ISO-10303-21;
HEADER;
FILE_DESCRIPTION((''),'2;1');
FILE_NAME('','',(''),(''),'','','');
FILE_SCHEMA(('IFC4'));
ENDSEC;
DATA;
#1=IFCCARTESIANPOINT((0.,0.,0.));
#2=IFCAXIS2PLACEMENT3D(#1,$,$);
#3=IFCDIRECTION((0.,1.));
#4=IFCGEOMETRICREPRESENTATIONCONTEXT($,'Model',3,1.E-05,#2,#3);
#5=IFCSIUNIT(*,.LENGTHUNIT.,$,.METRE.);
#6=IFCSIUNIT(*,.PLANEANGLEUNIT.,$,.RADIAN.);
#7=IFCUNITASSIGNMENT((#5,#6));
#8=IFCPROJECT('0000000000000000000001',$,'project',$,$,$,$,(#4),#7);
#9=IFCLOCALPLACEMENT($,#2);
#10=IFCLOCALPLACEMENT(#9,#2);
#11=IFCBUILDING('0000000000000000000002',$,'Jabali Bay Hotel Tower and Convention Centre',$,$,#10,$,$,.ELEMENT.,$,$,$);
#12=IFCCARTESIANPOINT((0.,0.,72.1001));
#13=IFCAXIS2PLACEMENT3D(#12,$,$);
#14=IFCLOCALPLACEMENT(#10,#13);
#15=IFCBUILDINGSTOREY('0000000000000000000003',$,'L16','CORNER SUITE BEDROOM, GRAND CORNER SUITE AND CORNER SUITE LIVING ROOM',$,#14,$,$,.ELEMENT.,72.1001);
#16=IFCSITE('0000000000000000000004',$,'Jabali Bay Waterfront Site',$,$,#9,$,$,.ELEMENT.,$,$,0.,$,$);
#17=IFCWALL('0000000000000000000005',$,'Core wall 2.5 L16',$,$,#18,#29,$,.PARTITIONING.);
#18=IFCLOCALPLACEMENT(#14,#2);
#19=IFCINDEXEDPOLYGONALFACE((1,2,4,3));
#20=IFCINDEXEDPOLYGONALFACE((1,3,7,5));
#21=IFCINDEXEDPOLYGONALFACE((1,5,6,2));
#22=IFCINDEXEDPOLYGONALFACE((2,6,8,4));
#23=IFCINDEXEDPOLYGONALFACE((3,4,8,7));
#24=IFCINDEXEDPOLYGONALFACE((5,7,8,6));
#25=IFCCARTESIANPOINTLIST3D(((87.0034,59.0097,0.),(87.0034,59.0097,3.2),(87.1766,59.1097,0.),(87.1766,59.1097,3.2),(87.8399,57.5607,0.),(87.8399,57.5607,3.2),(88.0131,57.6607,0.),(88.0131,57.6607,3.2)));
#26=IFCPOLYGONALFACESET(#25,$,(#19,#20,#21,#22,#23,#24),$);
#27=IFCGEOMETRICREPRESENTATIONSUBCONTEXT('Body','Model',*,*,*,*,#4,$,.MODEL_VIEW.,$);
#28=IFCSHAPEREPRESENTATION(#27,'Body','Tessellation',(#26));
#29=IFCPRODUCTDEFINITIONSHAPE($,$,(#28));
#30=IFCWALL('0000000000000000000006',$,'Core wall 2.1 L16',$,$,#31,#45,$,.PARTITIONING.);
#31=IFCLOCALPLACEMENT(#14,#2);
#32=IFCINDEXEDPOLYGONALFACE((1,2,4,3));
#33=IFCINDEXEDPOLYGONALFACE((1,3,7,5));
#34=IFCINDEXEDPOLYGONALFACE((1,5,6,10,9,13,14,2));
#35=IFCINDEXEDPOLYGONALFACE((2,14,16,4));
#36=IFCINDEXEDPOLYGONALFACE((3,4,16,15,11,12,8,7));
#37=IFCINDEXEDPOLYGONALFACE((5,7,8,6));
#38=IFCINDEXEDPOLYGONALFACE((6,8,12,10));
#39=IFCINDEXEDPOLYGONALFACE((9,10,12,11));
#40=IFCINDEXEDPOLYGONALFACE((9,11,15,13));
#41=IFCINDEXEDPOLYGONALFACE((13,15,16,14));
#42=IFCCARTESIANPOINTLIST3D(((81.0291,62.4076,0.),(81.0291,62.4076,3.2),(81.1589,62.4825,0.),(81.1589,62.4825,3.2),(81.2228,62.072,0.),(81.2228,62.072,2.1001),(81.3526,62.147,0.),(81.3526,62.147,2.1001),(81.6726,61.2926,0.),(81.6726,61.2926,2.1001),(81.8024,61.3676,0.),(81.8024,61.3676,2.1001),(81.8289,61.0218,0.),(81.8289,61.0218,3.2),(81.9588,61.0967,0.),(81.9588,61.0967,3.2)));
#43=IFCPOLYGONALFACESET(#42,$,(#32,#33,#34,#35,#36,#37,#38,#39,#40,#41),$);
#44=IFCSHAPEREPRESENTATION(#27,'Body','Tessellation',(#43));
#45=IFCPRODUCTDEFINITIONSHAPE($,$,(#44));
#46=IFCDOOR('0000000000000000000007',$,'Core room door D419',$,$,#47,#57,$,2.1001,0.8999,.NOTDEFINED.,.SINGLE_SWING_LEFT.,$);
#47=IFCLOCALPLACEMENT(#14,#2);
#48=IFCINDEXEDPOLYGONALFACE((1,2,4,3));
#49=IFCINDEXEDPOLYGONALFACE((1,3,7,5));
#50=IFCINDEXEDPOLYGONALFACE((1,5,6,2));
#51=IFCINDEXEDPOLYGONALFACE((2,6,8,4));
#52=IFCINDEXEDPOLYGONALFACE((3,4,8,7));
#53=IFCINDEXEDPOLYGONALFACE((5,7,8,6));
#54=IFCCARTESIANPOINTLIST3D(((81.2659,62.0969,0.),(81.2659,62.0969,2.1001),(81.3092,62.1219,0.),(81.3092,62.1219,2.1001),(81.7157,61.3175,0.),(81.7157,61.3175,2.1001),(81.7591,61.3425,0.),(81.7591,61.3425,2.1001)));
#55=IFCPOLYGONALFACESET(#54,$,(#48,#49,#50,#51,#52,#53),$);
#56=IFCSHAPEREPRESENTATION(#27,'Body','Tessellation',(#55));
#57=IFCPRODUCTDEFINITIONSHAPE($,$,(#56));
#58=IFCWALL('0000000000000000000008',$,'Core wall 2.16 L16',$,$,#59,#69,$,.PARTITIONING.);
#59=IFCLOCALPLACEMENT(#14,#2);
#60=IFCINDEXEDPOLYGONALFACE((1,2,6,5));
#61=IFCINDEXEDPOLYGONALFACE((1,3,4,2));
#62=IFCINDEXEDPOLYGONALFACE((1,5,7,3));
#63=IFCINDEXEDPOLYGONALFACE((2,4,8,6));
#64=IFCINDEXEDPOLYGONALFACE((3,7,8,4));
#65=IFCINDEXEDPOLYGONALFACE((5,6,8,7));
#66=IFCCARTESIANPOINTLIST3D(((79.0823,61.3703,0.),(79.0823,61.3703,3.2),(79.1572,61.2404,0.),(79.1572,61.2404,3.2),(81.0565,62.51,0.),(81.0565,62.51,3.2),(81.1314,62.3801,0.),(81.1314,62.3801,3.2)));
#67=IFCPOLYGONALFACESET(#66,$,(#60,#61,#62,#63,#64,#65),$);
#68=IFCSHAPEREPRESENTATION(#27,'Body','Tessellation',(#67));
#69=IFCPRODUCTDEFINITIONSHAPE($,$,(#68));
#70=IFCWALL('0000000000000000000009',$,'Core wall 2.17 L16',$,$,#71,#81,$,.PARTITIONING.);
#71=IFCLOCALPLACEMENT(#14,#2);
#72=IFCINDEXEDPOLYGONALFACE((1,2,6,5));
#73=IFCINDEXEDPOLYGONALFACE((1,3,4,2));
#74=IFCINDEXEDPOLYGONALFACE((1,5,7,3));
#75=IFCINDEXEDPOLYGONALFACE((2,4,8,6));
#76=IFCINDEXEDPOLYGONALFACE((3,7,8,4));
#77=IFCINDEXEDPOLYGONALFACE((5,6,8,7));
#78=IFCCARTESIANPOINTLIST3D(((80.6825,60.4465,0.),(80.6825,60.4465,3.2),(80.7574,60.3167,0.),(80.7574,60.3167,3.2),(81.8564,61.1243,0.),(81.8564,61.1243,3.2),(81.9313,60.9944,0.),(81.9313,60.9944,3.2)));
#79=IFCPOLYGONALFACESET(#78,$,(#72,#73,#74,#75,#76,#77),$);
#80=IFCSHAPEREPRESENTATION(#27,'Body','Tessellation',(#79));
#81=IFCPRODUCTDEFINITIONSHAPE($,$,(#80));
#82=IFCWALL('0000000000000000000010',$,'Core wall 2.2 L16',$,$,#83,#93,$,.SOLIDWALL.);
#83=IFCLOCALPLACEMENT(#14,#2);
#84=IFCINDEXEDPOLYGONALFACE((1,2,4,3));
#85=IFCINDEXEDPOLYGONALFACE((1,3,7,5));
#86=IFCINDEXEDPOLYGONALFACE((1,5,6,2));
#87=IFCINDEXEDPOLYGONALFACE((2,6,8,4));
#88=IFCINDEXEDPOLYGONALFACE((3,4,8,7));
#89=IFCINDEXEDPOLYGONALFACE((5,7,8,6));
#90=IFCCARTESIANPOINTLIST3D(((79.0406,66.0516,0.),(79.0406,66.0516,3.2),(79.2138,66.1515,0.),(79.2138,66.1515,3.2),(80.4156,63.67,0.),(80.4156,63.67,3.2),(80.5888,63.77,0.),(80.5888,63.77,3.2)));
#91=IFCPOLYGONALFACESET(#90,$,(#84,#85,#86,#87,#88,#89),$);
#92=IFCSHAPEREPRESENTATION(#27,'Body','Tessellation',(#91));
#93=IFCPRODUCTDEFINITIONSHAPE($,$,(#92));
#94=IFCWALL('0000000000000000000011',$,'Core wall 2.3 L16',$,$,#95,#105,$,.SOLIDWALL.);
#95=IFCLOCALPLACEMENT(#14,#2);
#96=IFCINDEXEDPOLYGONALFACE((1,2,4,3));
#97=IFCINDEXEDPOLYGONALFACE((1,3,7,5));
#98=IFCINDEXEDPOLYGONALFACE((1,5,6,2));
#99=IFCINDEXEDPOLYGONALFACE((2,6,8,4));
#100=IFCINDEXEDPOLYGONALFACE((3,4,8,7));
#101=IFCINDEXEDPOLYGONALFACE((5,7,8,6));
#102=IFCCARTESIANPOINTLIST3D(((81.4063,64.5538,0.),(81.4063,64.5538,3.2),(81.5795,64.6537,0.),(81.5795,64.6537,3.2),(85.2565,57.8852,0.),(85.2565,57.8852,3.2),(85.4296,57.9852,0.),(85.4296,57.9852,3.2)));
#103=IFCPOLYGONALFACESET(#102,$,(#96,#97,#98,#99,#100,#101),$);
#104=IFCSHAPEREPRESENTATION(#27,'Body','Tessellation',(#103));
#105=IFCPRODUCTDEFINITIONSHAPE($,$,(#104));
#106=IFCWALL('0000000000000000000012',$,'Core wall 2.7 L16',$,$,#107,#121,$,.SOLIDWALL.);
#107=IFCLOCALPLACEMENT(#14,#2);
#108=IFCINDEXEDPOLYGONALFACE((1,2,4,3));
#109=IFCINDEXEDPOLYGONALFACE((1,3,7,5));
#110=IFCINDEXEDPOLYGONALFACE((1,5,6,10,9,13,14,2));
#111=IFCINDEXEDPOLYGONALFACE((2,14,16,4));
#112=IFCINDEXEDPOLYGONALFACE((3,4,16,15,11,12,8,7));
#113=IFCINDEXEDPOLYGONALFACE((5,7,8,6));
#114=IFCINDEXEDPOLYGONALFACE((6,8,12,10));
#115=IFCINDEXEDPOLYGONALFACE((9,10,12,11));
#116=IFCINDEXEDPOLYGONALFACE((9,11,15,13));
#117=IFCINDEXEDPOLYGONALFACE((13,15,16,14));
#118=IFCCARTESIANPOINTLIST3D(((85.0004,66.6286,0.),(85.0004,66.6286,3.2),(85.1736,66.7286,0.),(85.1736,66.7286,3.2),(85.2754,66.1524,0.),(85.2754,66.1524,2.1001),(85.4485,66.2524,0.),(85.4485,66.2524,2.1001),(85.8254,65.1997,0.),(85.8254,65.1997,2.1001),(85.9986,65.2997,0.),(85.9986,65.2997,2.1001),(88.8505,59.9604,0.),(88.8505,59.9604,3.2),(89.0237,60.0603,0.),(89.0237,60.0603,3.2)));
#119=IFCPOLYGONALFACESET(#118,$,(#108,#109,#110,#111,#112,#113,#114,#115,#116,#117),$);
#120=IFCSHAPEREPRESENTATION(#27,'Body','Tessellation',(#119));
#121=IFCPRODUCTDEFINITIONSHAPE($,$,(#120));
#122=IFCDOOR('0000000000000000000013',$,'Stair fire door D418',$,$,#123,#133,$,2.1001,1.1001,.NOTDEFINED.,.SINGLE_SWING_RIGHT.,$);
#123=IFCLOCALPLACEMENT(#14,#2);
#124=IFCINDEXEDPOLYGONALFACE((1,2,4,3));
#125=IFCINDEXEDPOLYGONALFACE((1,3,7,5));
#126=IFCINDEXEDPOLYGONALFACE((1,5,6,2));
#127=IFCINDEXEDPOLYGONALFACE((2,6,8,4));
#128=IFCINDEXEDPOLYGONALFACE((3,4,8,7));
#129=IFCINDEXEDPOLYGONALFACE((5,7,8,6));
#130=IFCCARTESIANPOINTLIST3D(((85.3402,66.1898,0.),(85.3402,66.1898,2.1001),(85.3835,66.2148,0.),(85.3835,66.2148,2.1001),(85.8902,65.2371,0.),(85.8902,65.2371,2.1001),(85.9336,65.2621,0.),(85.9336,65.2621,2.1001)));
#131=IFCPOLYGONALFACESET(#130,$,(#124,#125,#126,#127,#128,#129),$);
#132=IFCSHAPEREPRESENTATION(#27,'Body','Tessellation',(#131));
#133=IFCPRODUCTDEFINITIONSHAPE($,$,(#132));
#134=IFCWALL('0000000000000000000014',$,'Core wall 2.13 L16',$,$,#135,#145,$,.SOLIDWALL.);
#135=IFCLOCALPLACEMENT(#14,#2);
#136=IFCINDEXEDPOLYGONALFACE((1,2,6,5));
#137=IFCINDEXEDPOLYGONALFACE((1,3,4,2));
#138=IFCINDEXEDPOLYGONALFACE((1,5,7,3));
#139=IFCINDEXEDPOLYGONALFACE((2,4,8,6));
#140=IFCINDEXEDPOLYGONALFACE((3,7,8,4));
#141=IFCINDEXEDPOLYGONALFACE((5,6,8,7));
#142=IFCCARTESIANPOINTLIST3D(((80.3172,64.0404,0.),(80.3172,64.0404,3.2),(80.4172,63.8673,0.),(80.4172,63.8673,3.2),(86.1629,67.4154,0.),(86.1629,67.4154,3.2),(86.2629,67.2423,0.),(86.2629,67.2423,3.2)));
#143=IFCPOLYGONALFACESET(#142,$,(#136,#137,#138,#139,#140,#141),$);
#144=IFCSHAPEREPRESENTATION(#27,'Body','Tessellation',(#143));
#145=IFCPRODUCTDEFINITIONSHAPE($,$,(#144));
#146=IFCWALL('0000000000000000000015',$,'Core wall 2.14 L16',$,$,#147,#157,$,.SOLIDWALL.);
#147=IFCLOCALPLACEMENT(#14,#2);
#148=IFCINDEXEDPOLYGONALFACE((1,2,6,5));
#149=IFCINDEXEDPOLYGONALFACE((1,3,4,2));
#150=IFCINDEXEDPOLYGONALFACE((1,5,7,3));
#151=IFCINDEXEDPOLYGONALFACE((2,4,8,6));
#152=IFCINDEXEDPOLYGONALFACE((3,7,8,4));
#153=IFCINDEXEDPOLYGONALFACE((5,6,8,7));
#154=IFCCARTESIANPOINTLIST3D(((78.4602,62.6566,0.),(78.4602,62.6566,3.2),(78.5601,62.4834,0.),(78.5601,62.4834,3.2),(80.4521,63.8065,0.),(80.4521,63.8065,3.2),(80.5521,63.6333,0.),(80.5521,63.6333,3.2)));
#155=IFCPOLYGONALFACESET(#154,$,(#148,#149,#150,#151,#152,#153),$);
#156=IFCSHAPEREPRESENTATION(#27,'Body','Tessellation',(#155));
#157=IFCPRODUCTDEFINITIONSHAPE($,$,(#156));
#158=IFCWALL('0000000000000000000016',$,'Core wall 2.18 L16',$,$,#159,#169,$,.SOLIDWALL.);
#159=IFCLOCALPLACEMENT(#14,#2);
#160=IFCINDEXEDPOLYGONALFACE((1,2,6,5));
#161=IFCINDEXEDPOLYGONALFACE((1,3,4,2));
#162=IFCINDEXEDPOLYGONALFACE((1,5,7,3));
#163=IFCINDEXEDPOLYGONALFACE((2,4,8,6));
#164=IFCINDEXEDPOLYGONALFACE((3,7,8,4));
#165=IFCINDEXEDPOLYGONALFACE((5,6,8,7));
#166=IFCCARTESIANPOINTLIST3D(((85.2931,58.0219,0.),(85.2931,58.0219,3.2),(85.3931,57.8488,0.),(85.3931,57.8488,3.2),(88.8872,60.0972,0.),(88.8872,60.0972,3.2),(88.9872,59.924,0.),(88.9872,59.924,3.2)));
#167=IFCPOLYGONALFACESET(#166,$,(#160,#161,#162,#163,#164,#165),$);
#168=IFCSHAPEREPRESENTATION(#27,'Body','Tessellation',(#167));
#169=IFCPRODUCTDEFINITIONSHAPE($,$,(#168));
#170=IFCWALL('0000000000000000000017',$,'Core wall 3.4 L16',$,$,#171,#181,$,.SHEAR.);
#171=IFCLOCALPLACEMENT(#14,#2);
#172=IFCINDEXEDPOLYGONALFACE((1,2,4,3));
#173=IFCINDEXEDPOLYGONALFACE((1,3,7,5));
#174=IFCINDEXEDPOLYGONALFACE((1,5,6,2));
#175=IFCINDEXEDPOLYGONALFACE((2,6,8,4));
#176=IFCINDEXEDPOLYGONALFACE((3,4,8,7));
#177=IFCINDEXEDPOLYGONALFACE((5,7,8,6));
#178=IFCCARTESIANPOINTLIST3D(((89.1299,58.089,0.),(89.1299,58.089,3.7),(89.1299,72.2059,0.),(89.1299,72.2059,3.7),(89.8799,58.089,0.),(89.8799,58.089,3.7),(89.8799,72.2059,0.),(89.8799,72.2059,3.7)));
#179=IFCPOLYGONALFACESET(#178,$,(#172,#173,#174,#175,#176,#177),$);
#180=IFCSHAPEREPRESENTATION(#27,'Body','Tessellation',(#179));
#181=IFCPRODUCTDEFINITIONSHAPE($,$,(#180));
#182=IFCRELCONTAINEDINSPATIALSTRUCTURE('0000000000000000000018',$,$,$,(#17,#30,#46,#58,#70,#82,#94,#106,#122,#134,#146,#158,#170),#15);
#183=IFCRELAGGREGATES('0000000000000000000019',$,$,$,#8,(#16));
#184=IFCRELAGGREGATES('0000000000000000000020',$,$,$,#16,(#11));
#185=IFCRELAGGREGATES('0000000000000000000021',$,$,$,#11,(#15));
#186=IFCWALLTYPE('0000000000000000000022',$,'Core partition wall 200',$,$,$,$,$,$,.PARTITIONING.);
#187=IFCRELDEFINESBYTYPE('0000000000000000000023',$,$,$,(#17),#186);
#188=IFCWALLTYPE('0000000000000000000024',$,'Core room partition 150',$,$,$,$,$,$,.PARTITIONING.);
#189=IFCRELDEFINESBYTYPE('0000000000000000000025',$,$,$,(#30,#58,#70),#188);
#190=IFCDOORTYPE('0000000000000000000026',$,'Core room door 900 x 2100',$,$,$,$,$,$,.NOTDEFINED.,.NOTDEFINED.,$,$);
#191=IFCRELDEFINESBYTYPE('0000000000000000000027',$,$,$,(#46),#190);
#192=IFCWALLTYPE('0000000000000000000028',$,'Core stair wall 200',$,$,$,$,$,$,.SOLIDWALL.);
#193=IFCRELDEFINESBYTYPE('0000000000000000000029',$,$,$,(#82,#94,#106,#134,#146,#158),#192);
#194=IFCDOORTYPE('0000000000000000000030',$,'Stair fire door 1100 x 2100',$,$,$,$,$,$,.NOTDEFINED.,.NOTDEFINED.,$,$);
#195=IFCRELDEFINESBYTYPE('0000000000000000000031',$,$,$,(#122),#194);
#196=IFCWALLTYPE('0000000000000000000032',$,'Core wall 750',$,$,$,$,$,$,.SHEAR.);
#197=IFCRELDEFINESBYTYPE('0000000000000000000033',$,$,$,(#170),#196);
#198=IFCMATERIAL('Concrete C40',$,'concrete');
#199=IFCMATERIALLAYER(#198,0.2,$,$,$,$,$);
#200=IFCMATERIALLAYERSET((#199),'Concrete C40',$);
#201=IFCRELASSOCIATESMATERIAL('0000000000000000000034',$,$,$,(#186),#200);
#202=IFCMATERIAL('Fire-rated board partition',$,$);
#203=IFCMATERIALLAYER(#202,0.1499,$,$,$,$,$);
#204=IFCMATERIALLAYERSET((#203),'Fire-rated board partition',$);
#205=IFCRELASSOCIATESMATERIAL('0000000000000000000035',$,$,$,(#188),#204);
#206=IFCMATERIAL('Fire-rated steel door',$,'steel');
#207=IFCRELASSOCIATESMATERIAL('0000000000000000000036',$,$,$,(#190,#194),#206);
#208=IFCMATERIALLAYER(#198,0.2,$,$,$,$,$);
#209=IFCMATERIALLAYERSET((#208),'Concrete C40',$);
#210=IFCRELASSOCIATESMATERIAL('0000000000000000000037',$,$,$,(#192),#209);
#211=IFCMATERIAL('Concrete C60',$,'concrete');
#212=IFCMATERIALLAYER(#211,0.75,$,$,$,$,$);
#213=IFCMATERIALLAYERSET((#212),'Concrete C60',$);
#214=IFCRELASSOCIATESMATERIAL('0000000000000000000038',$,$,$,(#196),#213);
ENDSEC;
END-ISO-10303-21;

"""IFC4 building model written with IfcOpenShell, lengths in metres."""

from ifc_helpers import new_model, si_unit, direction, frame, frame_2d, origin, place, context, subcontext, project, spatial, rectangle, extrude, material, layer, layer_set, type_object, element, fill, save


model = new_model("IFC4")

# Units and contexts
model_context = context("Model", 3, precision=1e-05, world=origin(), true_north=direction((0.0, 1.0)))
body_context = subcontext(model_context, "Body", "Model", "MODEL_VIEW")
ifc_project = project(units=[si_unit("LENGTHUNIT", "METRE"), si_unit("PLANEANGLEUNIT", "RADIAN")], contexts=[model_context])

# Site, building, storey
site_placement = place(None, origin())
site = spatial("IfcSite", under=ifc_project, at=site_placement, Name="Jabali Bay Waterfront Site", CompositionType="ELEMENT", RefElevation=0.0)
building_placement = place(site_placement, origin())
building = spatial("IfcBuilding", under=site, at=building_placement, Name="Jabali Bay Hotel Tower and Convention Centre", CompositionType="ELEMENT")
storey_placement = place(building_placement, frame((0.0, 0.0, 72.1001)))
storey = spatial("IfcBuildingStorey", under=building, at=storey_placement, Name="L16", Description="CORNER SUITE BEDROOM, GRAND CORNER SUITE AND CORNER SUITE LIVING ROOM", CompositionType="ELEMENT", Elevation=72.1001)

# Wall
ifc_material_1 = material(Name="Concrete C40", Category="concrete")
ifc_layer_1 = layer(ifc_material_1, 0.2)
ifc_layer_set_1 = layer_set([ifc_layer_1], Name="Concrete C40")
wall_type_1 = type_object("IfcWallType", Name="Core partition wall 200", PredefinedType="PARTITIONING", material=ifc_layer_set_1)
wall_1_placement = place(storey_placement, frame((87.0901, 59.0596, 0.0), z_axis=(0.0, 0.0, 1.0), x_axis=(0.499937, -0.866062, 0.0)))
element("IfcWall", 1, at=wall_1_placement, inside=storey, type_object=wall_type_1, Name="Core wall 2.5 L16", PredefinedType="PARTITIONING", context=body_context, shape_type="SweptSolid", body=[
    extrude(rectangle(XDim=1.6731, YDim=0.2, at=frame_2d((0.8364, 0.0))), origin(), (0.0, 0.0, 1.0), 3.2),
])

# Wall, opening, door
ifc_material_2 = material(Name="Fire-rated board partition")
ifc_layer_2 = layer(ifc_material_2, 0.1499)
ifc_layer_set_2 = layer_set([ifc_layer_2], Name="Fire-rated board partition")
wall_type_2 = type_object("IfcWallType", Name="Core room partition 150", PredefinedType="PARTITIONING", material=ifc_layer_set_2)
wall_2_placement = place(storey_placement, frame((81.094, 62.4451, 0.0), z_axis=(0.0, 0.0, 1.0), x_axis=(0.499881, -0.866094, 0.0)))
wall_2 = element("IfcWall", 2, at=wall_2_placement, inside=storey, type_object=wall_type_2, Name="Core wall 2.1 L16", PredefinedType="PARTITIONING", context=body_context, shape_type="SweptSolid", body=[
    extrude(rectangle(XDim=1.6001, YDim=0.1499, at=frame_2d((0.8, 0.0))), origin(), (0.0, 0.0, 1.0), 3.2),
])
opening_1_placement = place(wall_2_placement, frame((0.3875, 0.0, 0.0)))
opening_1 = element("IfcOpeningElement", 3, at=opening_1_placement, cuts=wall_2, PredefinedType="OPENING", context=body_context, shape_type="SweptSolid", body=[
    extrude(rectangle(XDim=0.8999, YDim=2.1001, at=frame_2d((0.45, 1.05))), frame((0.0, 0.0854, 0.0), z_axis=(0.0, -1.0, 0.0), x_axis=(1.0, 0.0, 0.0)), (0.0, 0.0, 1.0), 0.1709),
])
ifc_material_3 = material(Name="Fire-rated steel door", Category="steel")
door_type_1 = type_object("IfcDoorType", Name="Core room door 900 x 2100", OperationType="NOTDEFINED", PredefinedType="NOTDEFINED", material=ifc_material_3)
door_1_placement = place(opening_1_placement, origin())
door_1 = element("IfcDoor", 4, at=door_1_placement, inside=storey, type_object=door_type_1, Name="Core room door D419", OperationType="SINGLE_SWING_LEFT", OverallHeight=2.1001, OverallWidth=0.8999, PredefinedType="NOTDEFINED", context=body_context, shape_type="SweptSolid", body=[
    extrude(rectangle(XDim=0.8999, YDim=2.1001, at=frame_2d((0.45, 1.05))), frame((0.0, 0.0249, 0.0), z_axis=(0.0, -1.0, 0.0), x_axis=(1.0, 0.0, 0.0)), (0.0, 0.0, 1.0), 0.05),
])
fill(opening_1, door_1)

# Walls
wall_3_placement = place(storey_placement, frame((79.1199, 61.3054, 0.0), z_axis=(0.0, 0.0, 1.0), x_axis=(0.866046, 0.499964, 0.0)))
element("IfcWall", 5, at=wall_3_placement, inside=storey, type_object=wall_type_2, Name="Core wall 2.16 L16", PredefinedType="PARTITIONING", context=body_context, shape_type="SweptSolid", body=[
    extrude(rectangle(XDim=2.2795, YDim=0.1499, at=frame_2d((1.1396, 0.0))), origin(), (0.0, 0.0, 1.0), 3.2),
])
wall_4_placement = place(storey_placement, frame((80.72, 60.3816, 0.0), z_axis=(0.0, 0.0, 1.0), x_axis=(0.866018, 0.500013, 0.0)))
element("IfcWall", 6, at=wall_4_placement, inside=storey, type_object=wall_type_2, Name="Core wall 2.17 L16", PredefinedType="PARTITIONING", context=body_context, shape_type="SweptSolid", body=[
    extrude(rectangle(XDim=1.3555, YDim=0.1499, at=frame_2d((0.6777, 0.0))), origin(), (0.0, 0.0, 1.0), 3.2),
])
ifc_layer_3 = layer(ifc_material_1, 0.2)
ifc_layer_set_3 = layer_set([ifc_layer_3], Name="Concrete C40")
wall_type_3 = type_object("IfcWallType", Name="Core stair wall 200", PredefinedType="SOLIDWALL", material=ifc_layer_set_3)
wall_5_placement = place(storey_placement, frame((79.1272, 66.1016, 0.0), z_axis=(0.0, 0.0, 1.0), x_axis=(0.499997, -0.866027, 0.0)))
element("IfcWall", 7, at=wall_5_placement, inside=storey, type_object=wall_type_3, Name="Core wall 2.2 L16", PredefinedType="SOLIDWALL", context=body_context, shape_type="SweptSolid", body=[
    extrude(rectangle(XDim=2.75, YDim=0.2, at=frame_2d((1.375, 0.0))), origin(), (0.0, 0.0, 1.0), 3.2),
])
wall_6_placement = place(storey_placement, frame((81.4929, 64.6038, 0.0), z_axis=(0.0, 0.0, 1.0), x_axis=(0.500006, -0.866022, 0.0)))
element("IfcWall", 8, at=wall_6_placement, inside=storey, type_object=wall_type_3, Name="Core wall 2.3 L16", PredefinedType="SOLIDWALL", context=body_context, shape_type="SweptSolid", body=[
    extrude(rectangle(XDim=7.7002, YDim=0.2, at=frame_2d((3.8501, 0.0))), origin(), (0.0, 0.0, 1.0), 3.2),
])

# Wall, opening, door
wall_7_placement = place(storey_placement, frame((85.0869, 66.6787, 0.0), z_axis=(0.0, 0.0, 1.0), x_axis=(0.50002, -0.866014, 0.0)))
wall_7 = element("IfcWall", 9, at=wall_7_placement, inside=storey, type_object=wall_type_3, Name="Core wall 2.7 L16", PredefinedType="SOLIDWALL", context=body_context, shape_type="SweptSolid", body=[
    extrude(rectangle(XDim=7.7, YDim=0.2, at=frame_2d((3.8501, 0.0))), origin(), (0.0, 0.0, 1.0), 3.2),
])
opening_2_placement = place(wall_7_placement, frame((0.55, 0.0, 0.0)))
opening_2 = element("IfcOpeningElement", 10, at=opening_2_placement, cuts=wall_7, PredefinedType="OPENING", context=body_context, shape_type="SweptSolid", body=[
    extrude(rectangle(XDim=1.1001, YDim=2.1001, at=frame_2d((0.55, 1.05))), frame((0.0, 0.1104, 0.0), z_axis=(0.0, -1.0, 0.0), x_axis=(1.0, 0.0, 0.0)), (0.0, 0.0, 1.0), 0.2209),
])
door_type_2 = type_object("IfcDoorType", Name="Stair fire door 1100 x 2100", OperationType="NOTDEFINED", PredefinedType="NOTDEFINED", material=ifc_material_3)
door_2_placement = place(opening_2_placement, origin())
door_2 = element("IfcDoor", 11, at=door_2_placement, inside=storey, type_object=door_type_2, Name="Stair fire door D418", OperationType="SINGLE_SWING_RIGHT", OverallHeight=2.1001, OverallWidth=1.1001, PredefinedType="NOTDEFINED", context=body_context, shape_type="SweptSolid", body=[
    extrude(rectangle(XDim=1.1001, YDim=2.1001, at=frame_2d((0.55, 1.05))), frame((0.0, 0.0249, 0.0), z_axis=(0.0, -1.0, 0.0), x_axis=(1.0, 0.0, 0.0)), (0.0, 0.0, 1.0), 0.05),
])
fill(opening_2, door_2)

# Walls
wall_8_placement = place(storey_placement, frame((80.3672, 63.9539, 0.0), z_axis=(0.0, 0.0, 1.0), x_axis=(0.866027, 0.499998, 0.0)))
element("IfcWall", 12, at=wall_8_placement, inside=storey, type_object=wall_type_3, Name="Core wall 2.13 L16", PredefinedType="SOLIDWALL", context=body_context, shape_type="SweptSolid", body=[
    extrude(rectangle(XDim=6.75, YDim=0.2, at=frame_2d((3.375, 0.0))), origin(), (0.0, 0.0, 1.0), 3.2),
])
wall_9_placement = place(storey_placement, frame((78.5103, 62.5701, 0.0), z_axis=(0.0, 0.0, 1.0), x_axis=(0.866053, 0.499952, 0.0)))
element("IfcWall", 13, at=wall_9_placement, inside=storey, type_object=wall_type_3, Name="Core wall 2.14 L16", PredefinedType="SOLIDWALL", context=body_context, shape_type="SweptSolid", body=[
    extrude(rectangle(XDim=2.3, YDim=0.2, at=frame_2d((1.1499, 0.0))), origin(), (0.0, 0.0, 1.0), 3.2),
])
wall_10_placement = place(storey_placement, frame((85.343, 57.9353, 0.0), z_axis=(0.0, 0.0, 1.0), x_axis=(0.866004, 0.500036, 0.0)))
element("IfcWall", 14, at=wall_10_placement, inside=storey, type_object=wall_type_3, Name="Core wall 2.18 L16", PredefinedType="SOLIDWALL", context=body_context, shape_type="SweptSolid", body=[
    extrude(rectangle(XDim=4.1501, YDim=0.2, at=frame_2d((2.0752, 0.0))), origin(), (0.0, 0.0, 1.0), 3.2),
])
ifc_material_4 = material(Name="Concrete C60", Category="concrete")
ifc_layer_4 = layer(ifc_material_4, 0.75)
ifc_layer_set_4 = layer_set([ifc_layer_4], Name="Concrete C60")
wall_type_4 = type_object("IfcWallType", Name="Core wall 750", PredefinedType="SHEAR", material=ifc_layer_set_4)
wall_11_placement = place(storey_placement, frame((89.5049, 58.0889, 0.0), z_axis=(0.0, 0.0, 1.0), x_axis=(0.0, 1.0, 0.0)))
element("IfcWall", 15, at=wall_11_placement, inside=storey, type_object=wall_type_4, Name="Core wall 3.4 L16", PredefinedType="SHEAR", context=body_context, shape_type="SweptSolid", body=[
    extrude(rectangle(XDim=14.1169, YDim=0.75, at=frame_2d((7.0586, 0.0))), origin(), (0.0, 0.0, 1.0), 3.7),
])

save(model, "model.ifc")
